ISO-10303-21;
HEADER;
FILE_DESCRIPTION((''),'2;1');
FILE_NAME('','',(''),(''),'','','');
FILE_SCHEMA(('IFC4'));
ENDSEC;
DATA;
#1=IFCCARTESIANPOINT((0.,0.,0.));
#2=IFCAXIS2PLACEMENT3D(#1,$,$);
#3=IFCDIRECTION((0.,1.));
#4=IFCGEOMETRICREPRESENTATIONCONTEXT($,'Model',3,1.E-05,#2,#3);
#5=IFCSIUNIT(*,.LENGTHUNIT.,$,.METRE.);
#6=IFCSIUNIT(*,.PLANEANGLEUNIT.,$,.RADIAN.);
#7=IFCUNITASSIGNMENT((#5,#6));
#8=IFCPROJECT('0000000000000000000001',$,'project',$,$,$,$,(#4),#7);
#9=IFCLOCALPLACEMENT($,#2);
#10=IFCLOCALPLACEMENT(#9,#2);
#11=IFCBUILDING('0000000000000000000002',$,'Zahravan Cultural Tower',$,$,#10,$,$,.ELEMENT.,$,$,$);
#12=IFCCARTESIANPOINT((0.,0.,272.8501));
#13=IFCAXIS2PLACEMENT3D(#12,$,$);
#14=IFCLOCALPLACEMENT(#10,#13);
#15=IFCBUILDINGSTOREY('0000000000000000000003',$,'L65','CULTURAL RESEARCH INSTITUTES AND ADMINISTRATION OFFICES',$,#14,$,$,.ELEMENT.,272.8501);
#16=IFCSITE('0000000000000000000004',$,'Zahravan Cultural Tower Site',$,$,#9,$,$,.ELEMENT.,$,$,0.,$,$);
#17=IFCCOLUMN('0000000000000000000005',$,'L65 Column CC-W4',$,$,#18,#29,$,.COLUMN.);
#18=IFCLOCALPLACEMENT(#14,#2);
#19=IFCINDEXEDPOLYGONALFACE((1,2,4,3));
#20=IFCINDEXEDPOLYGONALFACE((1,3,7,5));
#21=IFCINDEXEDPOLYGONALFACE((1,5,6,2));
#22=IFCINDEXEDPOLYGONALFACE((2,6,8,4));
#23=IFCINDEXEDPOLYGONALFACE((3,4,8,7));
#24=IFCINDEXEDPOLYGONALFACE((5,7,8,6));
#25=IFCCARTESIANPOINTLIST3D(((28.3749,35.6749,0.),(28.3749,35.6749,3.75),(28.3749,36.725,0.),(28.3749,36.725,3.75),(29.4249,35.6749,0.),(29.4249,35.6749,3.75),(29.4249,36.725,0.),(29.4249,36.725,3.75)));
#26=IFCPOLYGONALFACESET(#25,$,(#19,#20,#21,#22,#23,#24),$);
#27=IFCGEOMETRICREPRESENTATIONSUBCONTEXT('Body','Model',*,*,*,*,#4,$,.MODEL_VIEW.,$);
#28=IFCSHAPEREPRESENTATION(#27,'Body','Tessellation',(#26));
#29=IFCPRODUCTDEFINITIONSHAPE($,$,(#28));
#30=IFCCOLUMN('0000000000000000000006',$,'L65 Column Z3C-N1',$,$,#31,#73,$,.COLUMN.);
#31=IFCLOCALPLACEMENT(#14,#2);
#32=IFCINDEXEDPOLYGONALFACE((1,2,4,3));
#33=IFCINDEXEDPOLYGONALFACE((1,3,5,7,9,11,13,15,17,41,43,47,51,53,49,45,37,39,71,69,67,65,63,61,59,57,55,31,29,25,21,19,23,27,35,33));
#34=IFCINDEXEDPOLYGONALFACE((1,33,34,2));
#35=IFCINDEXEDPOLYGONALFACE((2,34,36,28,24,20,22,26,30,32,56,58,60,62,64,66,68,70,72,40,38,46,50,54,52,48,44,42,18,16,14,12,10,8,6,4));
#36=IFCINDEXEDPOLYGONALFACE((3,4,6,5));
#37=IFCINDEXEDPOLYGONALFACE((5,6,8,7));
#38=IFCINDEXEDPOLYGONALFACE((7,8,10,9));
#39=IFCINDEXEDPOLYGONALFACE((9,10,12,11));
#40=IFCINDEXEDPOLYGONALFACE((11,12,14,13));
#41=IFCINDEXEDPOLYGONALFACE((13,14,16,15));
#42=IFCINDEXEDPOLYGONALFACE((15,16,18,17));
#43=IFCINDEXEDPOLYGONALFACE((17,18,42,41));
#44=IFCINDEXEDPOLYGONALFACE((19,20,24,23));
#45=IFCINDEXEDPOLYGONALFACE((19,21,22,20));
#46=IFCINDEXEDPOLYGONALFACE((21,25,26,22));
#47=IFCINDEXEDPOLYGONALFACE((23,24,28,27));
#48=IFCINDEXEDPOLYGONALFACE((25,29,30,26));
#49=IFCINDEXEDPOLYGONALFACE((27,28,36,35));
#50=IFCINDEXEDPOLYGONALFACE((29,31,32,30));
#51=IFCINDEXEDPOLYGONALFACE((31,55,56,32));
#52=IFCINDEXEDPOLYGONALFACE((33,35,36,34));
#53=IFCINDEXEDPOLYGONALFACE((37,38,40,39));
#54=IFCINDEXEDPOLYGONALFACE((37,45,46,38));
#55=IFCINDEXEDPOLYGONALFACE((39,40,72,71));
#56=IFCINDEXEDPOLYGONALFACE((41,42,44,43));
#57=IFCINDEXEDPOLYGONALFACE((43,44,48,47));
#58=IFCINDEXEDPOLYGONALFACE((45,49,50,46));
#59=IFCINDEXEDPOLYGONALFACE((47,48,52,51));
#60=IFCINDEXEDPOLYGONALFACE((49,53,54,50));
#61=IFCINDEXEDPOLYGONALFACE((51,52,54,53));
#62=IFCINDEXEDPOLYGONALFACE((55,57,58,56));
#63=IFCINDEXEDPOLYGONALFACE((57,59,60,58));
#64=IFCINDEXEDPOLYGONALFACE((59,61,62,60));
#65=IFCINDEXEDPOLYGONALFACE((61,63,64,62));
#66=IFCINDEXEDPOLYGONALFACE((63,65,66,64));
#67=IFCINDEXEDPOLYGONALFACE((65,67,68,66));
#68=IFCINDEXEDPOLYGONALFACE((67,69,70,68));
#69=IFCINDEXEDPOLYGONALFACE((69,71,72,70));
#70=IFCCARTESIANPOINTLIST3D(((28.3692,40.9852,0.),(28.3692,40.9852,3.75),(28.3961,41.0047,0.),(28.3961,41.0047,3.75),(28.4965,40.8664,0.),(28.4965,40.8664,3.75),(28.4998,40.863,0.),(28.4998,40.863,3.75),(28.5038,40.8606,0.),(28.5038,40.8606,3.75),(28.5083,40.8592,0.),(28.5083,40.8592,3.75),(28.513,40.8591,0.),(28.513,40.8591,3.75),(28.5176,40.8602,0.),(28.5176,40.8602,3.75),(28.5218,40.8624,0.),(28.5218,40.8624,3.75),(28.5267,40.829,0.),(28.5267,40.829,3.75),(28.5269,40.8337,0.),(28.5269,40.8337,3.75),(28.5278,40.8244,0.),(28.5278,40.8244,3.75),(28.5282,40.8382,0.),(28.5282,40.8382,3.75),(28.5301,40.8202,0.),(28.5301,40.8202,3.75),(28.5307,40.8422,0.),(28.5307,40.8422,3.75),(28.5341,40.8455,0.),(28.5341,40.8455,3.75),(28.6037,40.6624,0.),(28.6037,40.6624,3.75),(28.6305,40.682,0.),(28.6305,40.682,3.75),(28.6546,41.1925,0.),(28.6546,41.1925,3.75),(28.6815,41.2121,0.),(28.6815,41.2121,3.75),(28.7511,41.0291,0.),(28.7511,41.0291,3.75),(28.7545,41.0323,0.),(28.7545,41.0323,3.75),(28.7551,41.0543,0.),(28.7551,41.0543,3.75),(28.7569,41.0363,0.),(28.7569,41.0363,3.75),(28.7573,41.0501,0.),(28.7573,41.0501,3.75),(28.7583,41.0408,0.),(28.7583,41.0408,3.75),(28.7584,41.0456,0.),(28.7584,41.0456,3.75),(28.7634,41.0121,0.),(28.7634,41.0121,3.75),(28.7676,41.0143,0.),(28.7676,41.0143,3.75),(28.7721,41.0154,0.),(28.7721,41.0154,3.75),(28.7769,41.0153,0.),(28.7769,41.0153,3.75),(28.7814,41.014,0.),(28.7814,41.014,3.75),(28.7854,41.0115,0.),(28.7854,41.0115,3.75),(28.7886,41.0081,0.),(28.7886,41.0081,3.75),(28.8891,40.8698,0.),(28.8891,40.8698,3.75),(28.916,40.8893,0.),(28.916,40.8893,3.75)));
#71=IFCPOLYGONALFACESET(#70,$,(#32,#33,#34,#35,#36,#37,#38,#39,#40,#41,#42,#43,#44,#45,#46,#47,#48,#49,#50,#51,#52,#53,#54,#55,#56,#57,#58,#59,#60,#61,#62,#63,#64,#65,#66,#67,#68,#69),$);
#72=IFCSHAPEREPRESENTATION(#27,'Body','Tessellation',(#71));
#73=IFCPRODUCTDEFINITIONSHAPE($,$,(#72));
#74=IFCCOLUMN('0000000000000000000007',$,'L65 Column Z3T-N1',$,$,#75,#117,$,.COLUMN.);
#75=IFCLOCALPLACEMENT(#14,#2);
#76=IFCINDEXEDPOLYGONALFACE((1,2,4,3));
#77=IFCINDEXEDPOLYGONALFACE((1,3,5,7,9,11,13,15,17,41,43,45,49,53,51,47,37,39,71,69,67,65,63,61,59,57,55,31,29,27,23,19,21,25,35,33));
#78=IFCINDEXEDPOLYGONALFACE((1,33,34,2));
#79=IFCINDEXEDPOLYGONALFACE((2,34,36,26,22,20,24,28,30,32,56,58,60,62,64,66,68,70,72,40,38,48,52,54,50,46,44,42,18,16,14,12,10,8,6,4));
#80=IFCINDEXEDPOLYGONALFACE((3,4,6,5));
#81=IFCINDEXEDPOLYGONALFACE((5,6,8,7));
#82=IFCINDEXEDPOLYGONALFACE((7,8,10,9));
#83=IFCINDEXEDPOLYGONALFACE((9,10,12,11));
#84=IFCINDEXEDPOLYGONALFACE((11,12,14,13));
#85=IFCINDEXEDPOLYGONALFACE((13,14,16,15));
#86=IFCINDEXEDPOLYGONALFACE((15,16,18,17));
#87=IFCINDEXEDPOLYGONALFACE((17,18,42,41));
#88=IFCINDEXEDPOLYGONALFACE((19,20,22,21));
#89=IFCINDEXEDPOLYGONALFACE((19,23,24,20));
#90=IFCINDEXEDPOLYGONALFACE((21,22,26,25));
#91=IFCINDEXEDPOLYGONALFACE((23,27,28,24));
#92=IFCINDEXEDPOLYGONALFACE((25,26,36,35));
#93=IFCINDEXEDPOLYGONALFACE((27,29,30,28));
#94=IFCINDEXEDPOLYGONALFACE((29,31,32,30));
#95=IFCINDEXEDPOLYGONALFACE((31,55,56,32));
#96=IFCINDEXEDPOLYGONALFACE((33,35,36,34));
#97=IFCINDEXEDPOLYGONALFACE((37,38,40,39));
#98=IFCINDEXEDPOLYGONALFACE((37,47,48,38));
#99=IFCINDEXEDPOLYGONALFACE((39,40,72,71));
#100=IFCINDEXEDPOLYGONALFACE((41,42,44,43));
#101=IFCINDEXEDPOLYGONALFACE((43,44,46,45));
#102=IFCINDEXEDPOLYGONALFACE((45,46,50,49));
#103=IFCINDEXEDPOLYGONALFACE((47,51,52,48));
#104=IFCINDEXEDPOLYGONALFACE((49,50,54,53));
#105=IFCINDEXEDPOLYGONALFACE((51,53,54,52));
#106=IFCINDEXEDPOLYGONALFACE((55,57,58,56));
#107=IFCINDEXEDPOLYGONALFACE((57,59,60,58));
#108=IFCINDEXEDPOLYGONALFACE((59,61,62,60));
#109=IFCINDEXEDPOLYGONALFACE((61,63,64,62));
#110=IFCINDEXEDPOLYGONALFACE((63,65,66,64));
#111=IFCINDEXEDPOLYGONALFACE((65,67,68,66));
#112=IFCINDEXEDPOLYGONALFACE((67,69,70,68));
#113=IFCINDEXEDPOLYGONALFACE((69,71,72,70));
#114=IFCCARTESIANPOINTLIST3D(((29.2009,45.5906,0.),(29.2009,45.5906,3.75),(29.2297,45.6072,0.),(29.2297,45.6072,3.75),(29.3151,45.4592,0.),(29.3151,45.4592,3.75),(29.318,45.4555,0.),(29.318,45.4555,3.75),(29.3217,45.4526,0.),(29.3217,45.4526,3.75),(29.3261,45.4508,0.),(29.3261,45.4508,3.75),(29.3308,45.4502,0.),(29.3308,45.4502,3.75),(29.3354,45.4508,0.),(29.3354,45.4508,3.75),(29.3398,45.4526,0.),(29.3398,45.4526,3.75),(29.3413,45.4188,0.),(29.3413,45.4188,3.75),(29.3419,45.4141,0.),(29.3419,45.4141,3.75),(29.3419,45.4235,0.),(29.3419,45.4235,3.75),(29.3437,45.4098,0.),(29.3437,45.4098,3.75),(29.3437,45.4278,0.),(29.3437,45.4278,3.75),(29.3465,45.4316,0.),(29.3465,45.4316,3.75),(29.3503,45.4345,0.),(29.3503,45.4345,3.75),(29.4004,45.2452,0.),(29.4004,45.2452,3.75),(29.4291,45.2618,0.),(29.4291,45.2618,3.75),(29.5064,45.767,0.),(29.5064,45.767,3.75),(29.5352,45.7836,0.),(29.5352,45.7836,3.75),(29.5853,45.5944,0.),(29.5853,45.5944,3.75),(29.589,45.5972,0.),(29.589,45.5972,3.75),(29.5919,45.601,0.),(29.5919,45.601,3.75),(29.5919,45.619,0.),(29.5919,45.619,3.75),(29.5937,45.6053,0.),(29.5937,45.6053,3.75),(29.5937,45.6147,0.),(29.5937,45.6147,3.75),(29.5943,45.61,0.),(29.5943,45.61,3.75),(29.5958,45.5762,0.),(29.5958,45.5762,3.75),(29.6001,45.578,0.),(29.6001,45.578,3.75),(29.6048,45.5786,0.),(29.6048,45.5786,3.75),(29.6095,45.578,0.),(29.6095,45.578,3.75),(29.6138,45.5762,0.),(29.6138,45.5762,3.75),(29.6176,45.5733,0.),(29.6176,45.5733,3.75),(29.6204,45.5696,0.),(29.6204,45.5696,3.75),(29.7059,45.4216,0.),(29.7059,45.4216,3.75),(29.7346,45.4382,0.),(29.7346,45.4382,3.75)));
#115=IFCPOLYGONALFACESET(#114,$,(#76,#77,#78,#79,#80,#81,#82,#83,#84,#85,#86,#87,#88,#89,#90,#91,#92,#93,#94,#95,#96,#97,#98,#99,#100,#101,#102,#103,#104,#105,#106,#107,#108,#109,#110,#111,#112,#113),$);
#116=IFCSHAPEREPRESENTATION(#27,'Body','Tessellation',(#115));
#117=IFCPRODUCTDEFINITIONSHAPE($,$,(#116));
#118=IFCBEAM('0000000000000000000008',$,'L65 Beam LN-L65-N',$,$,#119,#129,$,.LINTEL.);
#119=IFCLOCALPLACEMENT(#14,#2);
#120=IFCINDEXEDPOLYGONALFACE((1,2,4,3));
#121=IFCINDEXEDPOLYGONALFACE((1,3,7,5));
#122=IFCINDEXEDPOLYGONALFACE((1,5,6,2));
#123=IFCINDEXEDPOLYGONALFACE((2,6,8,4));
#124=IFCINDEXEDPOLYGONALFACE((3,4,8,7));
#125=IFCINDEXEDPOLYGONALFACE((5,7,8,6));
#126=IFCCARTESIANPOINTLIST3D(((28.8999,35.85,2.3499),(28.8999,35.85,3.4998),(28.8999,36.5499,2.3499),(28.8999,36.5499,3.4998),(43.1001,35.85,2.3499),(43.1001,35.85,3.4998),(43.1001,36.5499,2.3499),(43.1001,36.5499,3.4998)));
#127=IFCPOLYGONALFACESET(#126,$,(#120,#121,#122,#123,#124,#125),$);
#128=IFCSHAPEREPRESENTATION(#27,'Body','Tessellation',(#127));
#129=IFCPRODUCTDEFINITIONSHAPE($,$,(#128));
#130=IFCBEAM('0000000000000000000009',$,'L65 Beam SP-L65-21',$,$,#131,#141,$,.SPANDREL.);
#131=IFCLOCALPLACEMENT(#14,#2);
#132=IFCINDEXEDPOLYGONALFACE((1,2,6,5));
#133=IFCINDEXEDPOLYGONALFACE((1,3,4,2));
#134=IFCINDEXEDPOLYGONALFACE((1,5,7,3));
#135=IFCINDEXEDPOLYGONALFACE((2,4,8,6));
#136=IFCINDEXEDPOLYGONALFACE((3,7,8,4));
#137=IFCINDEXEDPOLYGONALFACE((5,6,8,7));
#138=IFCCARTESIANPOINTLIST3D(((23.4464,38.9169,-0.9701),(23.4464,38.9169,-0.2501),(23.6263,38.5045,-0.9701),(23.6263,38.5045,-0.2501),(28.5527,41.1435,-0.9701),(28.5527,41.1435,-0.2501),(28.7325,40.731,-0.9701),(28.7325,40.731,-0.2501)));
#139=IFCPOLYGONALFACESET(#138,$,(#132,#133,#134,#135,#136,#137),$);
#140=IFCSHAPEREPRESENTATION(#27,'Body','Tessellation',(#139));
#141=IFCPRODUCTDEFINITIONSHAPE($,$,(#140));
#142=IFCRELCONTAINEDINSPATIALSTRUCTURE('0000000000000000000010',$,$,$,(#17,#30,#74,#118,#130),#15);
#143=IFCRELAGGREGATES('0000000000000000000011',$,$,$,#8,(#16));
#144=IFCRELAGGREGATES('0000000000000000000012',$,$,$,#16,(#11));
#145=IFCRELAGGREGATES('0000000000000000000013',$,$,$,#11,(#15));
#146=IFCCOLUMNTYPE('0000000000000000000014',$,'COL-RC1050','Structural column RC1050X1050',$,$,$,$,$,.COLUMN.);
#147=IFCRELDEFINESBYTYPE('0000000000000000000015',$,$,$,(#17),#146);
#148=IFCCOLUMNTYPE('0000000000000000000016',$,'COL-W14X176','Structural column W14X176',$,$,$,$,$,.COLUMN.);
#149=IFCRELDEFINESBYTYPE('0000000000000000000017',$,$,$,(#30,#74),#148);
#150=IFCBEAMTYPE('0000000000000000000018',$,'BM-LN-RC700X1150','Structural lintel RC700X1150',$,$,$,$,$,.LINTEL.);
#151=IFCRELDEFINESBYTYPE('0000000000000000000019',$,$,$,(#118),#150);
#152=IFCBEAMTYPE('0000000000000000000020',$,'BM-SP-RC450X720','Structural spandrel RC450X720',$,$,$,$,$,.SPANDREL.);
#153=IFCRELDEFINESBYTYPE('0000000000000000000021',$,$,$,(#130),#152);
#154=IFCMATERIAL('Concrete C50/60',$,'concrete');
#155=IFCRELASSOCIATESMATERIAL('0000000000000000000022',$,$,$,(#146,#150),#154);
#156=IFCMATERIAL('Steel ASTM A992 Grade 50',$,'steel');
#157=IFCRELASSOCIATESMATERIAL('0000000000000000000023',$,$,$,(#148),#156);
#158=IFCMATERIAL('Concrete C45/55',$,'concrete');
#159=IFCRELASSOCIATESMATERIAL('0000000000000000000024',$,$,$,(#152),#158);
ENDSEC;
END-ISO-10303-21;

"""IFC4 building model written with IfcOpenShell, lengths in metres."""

from ifc_helpers import new_model, si_unit, direction, frame, origin, origin_2d, place, context, subcontext, project, spatial, rectangle, i_section, extrude, source, transform, mapped, material, material_profile, profile_set, type_object, element, save


model = new_model("IFC4")

# Units and contexts
model_context = context("Model", 3, precision=1e-05, world=origin(), true_north=direction((0.0, 1.0)))
body_context = subcontext(model_context, "Body", "Model", "MODEL_VIEW")
ifc_project = project(units=[si_unit("LENGTHUNIT", "METRE"), si_unit("PLANEANGLEUNIT", "RADIAN")], contexts=[model_context])

# Site, building, storey
site_placement = place(None, origin())
site = spatial("IfcSite", under=ifc_project, at=site_placement, Name="Zahravan Cultural Tower Site", CompositionType="ELEMENT", RefElevation=0.0)
building_placement = place(site_placement, origin())
building = spatial("IfcBuilding", under=site, at=building_placement, Name="Zahravan Cultural Tower", CompositionType="ELEMENT")
storey_placement = place(building_placement, frame((0.0, 0.0, 272.8501)))
storey = spatial("IfcBuildingStorey", under=building, at=storey_placement, Name="L65", Description="CULTURAL RESEARCH INSTITUTES AND ADMINISTRATION OFFICES", CompositionType="ELEMENT", Elevation=272.8501)

# Columns
ifc_material_1 = material(Name="Concrete C50/60", Category="concrete")
ifc_material_profile_1 = material_profile(ifc_material_1, rectangle(XDim=1.05, YDim=1.05, at=origin_2d()), Name="RC1050X1050")
ifc_profile_set_1 = profile_set([ifc_material_profile_1], Name="Concrete C50/60")
column_type_1 = type_object("IfcColumnType", Name="COL-RC1050", Description="Structural column RC1050X1050", PredefinedType="COLUMN", material=ifc_profile_set_1)
shared_shape_1 = source(origin(), body_context, "Body", "SweptSolid", [
    extrude(rectangle(XDim=1.05, YDim=1.05, at=origin_2d()), origin(), (0.0, 0.0, 1.0), 3.75),
])
column_placement = place(storey_placement, frame((28.8999, 36.2, 0.0), z_axis=(0.0, 0.0, 1.0), x_axis=(1.0, 0.0, 0.0)))
element("IfcColumn", 1, at=column_placement, inside=storey, type_object=column_type_1, Name="L65 Column CC-W4", PredefinedType="COLUMN", context=body_context, shape_type="MappedRepresentation", body=[
    mapped(shared_shape_1, transform((0.0, 0.0, 0.0), x_axis=(1.0, 0.0, 0.0), y_axis=(0.0, 1.0, 0.0), z_axis=(0.0, 0.0, 1.0), scale=1.0)),
])
ifc_material_2 = material(Name="Steel ASTM A992 Grade 50", Category="steel")
ifc_material_profile_2 = material_profile(ifc_material_2, i_section(OverallWidth=0.3989, OverallDepth=0.386, WebThickness=0.021, FlangeThickness=0.0332, FilletRadius=0.0181, at=origin_2d()), Name="W14X176")
ifc_profile_set_2 = profile_set([ifc_material_profile_2], Name="Steel ASTM A992 Grade 50")
column_type_2 = type_object("IfcColumnType", Name="COL-W14X176", Description="Structural column W14X176", PredefinedType="COLUMN", material=ifc_profile_set_2)
shared_shape_2 = source(origin(), body_context, "Body", "SweptSolid", [
    extrude(i_section(OverallWidth=0.3989, OverallDepth=0.386, WebThickness=0.021, FlangeThickness=0.0332, FilletRadius=0.0181, at=origin_2d()), origin(), (0.0, 0.0, 1.0), 3.75),
])
for number, where, z_axis, x_axis, name in (
    (2, (28.6426, 40.9373, 0.0), (0.0, 0.0, 1.0), (-0.587785, 0.809017, 0.0), "L65 Column Z3C-N1"),
    (3, (29.4678, 45.5144, 0.0), (0.0, 0.0, 1.0), (-0.5, 0.866025, 0.0), "L65 Column Z3T-N1"),
):
    element("IfcColumn", number, at=place(storey_placement, frame(where, z_axis=z_axis, x_axis=x_axis)), inside=storey, type_object=column_type_2, Name=name, PredefinedType="COLUMN", context=body_context, shape_type="MappedRepresentation", body=[
        mapped(shared_shape_2, transform((0.0, 0.0, 0.0), x_axis=(1.0, 0.0, 0.0), y_axis=(0.0, 1.0, 0.0), z_axis=(0.0, 0.0, 1.0), scale=1.0)),
    ])

# Beams
ifc_material_profile_3 = material_profile(ifc_material_1, rectangle(XDim=0.7, YDim=1.1499, at=origin_2d()), Name="RC700X1150")
ifc_profile_set_3 = profile_set([ifc_material_profile_3], Name="Concrete C50/60")
beam_type_1 = type_object("IfcBeamType", Name="BM-LN-RC700X1150", Description="Structural lintel RC700X1150", PredefinedType="LINTEL", material=ifc_profile_set_3)
shared_shape_3 = source(origin(), body_context, "Body", "SweptSolid", [
    extrude(rectangle(XDim=0.7, YDim=1.1499, at=origin_2d()), origin(), (0.0, 0.0, 1.0), 14.2002),
])
beam_1_placement = place(storey_placement, frame((28.8999, 36.2, 2.9248), z_axis=(1.0, 0.0, 0.0), x_axis=(0.0, 1.0, 0.0)))
element("IfcBeam", 4, at=beam_1_placement, inside=storey, type_object=beam_type_1, Name="L65 Beam LN-L65-N", PredefinedType="LINTEL", context=body_context, shape_type="MappedRepresentation", body=[
    mapped(shared_shape_3, transform((0.0, 0.0, 0.0), x_axis=(1.0, 0.0, 0.0), y_axis=(0.0, 1.0, 0.0), z_axis=(0.0, 0.0, 1.0), scale=1.0)),
])
ifc_material_3 = material(Name="Concrete C45/55", Category="concrete")
ifc_material_profile_4 = material_profile(ifc_material_3, rectangle(XDim=0.45, YDim=0.72, at=origin_2d()), Name="RC450X720")
ifc_profile_set_4 = profile_set([ifc_material_profile_4], Name="Concrete C45/55")
beam_type_2 = type_object("IfcBeamType", Name="BM-SP-RC450X720", Description="Structural spandrel RC450X720", PredefinedType="SPANDREL", material=ifc_profile_set_4)
shared_shape_4 = source(origin(), body_context, "Body", "SweptSolid", [
    extrude(rectangle(XDim=0.45, YDim=0.72, at=origin_2d()), origin(), (0.0, 0.0, 1.0), 5.5706),
])
beam_2_placement = place(storey_placement, frame((28.6426, 40.9373, -0.6101), z_axis=(-0.916645, -0.399703, 0.0), x_axis=(0.399703, -0.916645, 0.0)))
element("IfcBeam", 5, at=beam_2_placement, inside=storey, type_object=beam_type_2, Name="L65 Beam SP-L65-21", PredefinedType="SPANDREL", context=body_context, shape_type="MappedRepresentation", body=[
    mapped(shared_shape_4, transform((0.0, 0.0, 0.0), x_axis=(1.0, 0.0, 0.0), y_axis=(0.0, 1.0, 0.0), z_axis=(0.0, 0.0, 1.0), scale=1.0)),
])

save(model, "model.ifc")
